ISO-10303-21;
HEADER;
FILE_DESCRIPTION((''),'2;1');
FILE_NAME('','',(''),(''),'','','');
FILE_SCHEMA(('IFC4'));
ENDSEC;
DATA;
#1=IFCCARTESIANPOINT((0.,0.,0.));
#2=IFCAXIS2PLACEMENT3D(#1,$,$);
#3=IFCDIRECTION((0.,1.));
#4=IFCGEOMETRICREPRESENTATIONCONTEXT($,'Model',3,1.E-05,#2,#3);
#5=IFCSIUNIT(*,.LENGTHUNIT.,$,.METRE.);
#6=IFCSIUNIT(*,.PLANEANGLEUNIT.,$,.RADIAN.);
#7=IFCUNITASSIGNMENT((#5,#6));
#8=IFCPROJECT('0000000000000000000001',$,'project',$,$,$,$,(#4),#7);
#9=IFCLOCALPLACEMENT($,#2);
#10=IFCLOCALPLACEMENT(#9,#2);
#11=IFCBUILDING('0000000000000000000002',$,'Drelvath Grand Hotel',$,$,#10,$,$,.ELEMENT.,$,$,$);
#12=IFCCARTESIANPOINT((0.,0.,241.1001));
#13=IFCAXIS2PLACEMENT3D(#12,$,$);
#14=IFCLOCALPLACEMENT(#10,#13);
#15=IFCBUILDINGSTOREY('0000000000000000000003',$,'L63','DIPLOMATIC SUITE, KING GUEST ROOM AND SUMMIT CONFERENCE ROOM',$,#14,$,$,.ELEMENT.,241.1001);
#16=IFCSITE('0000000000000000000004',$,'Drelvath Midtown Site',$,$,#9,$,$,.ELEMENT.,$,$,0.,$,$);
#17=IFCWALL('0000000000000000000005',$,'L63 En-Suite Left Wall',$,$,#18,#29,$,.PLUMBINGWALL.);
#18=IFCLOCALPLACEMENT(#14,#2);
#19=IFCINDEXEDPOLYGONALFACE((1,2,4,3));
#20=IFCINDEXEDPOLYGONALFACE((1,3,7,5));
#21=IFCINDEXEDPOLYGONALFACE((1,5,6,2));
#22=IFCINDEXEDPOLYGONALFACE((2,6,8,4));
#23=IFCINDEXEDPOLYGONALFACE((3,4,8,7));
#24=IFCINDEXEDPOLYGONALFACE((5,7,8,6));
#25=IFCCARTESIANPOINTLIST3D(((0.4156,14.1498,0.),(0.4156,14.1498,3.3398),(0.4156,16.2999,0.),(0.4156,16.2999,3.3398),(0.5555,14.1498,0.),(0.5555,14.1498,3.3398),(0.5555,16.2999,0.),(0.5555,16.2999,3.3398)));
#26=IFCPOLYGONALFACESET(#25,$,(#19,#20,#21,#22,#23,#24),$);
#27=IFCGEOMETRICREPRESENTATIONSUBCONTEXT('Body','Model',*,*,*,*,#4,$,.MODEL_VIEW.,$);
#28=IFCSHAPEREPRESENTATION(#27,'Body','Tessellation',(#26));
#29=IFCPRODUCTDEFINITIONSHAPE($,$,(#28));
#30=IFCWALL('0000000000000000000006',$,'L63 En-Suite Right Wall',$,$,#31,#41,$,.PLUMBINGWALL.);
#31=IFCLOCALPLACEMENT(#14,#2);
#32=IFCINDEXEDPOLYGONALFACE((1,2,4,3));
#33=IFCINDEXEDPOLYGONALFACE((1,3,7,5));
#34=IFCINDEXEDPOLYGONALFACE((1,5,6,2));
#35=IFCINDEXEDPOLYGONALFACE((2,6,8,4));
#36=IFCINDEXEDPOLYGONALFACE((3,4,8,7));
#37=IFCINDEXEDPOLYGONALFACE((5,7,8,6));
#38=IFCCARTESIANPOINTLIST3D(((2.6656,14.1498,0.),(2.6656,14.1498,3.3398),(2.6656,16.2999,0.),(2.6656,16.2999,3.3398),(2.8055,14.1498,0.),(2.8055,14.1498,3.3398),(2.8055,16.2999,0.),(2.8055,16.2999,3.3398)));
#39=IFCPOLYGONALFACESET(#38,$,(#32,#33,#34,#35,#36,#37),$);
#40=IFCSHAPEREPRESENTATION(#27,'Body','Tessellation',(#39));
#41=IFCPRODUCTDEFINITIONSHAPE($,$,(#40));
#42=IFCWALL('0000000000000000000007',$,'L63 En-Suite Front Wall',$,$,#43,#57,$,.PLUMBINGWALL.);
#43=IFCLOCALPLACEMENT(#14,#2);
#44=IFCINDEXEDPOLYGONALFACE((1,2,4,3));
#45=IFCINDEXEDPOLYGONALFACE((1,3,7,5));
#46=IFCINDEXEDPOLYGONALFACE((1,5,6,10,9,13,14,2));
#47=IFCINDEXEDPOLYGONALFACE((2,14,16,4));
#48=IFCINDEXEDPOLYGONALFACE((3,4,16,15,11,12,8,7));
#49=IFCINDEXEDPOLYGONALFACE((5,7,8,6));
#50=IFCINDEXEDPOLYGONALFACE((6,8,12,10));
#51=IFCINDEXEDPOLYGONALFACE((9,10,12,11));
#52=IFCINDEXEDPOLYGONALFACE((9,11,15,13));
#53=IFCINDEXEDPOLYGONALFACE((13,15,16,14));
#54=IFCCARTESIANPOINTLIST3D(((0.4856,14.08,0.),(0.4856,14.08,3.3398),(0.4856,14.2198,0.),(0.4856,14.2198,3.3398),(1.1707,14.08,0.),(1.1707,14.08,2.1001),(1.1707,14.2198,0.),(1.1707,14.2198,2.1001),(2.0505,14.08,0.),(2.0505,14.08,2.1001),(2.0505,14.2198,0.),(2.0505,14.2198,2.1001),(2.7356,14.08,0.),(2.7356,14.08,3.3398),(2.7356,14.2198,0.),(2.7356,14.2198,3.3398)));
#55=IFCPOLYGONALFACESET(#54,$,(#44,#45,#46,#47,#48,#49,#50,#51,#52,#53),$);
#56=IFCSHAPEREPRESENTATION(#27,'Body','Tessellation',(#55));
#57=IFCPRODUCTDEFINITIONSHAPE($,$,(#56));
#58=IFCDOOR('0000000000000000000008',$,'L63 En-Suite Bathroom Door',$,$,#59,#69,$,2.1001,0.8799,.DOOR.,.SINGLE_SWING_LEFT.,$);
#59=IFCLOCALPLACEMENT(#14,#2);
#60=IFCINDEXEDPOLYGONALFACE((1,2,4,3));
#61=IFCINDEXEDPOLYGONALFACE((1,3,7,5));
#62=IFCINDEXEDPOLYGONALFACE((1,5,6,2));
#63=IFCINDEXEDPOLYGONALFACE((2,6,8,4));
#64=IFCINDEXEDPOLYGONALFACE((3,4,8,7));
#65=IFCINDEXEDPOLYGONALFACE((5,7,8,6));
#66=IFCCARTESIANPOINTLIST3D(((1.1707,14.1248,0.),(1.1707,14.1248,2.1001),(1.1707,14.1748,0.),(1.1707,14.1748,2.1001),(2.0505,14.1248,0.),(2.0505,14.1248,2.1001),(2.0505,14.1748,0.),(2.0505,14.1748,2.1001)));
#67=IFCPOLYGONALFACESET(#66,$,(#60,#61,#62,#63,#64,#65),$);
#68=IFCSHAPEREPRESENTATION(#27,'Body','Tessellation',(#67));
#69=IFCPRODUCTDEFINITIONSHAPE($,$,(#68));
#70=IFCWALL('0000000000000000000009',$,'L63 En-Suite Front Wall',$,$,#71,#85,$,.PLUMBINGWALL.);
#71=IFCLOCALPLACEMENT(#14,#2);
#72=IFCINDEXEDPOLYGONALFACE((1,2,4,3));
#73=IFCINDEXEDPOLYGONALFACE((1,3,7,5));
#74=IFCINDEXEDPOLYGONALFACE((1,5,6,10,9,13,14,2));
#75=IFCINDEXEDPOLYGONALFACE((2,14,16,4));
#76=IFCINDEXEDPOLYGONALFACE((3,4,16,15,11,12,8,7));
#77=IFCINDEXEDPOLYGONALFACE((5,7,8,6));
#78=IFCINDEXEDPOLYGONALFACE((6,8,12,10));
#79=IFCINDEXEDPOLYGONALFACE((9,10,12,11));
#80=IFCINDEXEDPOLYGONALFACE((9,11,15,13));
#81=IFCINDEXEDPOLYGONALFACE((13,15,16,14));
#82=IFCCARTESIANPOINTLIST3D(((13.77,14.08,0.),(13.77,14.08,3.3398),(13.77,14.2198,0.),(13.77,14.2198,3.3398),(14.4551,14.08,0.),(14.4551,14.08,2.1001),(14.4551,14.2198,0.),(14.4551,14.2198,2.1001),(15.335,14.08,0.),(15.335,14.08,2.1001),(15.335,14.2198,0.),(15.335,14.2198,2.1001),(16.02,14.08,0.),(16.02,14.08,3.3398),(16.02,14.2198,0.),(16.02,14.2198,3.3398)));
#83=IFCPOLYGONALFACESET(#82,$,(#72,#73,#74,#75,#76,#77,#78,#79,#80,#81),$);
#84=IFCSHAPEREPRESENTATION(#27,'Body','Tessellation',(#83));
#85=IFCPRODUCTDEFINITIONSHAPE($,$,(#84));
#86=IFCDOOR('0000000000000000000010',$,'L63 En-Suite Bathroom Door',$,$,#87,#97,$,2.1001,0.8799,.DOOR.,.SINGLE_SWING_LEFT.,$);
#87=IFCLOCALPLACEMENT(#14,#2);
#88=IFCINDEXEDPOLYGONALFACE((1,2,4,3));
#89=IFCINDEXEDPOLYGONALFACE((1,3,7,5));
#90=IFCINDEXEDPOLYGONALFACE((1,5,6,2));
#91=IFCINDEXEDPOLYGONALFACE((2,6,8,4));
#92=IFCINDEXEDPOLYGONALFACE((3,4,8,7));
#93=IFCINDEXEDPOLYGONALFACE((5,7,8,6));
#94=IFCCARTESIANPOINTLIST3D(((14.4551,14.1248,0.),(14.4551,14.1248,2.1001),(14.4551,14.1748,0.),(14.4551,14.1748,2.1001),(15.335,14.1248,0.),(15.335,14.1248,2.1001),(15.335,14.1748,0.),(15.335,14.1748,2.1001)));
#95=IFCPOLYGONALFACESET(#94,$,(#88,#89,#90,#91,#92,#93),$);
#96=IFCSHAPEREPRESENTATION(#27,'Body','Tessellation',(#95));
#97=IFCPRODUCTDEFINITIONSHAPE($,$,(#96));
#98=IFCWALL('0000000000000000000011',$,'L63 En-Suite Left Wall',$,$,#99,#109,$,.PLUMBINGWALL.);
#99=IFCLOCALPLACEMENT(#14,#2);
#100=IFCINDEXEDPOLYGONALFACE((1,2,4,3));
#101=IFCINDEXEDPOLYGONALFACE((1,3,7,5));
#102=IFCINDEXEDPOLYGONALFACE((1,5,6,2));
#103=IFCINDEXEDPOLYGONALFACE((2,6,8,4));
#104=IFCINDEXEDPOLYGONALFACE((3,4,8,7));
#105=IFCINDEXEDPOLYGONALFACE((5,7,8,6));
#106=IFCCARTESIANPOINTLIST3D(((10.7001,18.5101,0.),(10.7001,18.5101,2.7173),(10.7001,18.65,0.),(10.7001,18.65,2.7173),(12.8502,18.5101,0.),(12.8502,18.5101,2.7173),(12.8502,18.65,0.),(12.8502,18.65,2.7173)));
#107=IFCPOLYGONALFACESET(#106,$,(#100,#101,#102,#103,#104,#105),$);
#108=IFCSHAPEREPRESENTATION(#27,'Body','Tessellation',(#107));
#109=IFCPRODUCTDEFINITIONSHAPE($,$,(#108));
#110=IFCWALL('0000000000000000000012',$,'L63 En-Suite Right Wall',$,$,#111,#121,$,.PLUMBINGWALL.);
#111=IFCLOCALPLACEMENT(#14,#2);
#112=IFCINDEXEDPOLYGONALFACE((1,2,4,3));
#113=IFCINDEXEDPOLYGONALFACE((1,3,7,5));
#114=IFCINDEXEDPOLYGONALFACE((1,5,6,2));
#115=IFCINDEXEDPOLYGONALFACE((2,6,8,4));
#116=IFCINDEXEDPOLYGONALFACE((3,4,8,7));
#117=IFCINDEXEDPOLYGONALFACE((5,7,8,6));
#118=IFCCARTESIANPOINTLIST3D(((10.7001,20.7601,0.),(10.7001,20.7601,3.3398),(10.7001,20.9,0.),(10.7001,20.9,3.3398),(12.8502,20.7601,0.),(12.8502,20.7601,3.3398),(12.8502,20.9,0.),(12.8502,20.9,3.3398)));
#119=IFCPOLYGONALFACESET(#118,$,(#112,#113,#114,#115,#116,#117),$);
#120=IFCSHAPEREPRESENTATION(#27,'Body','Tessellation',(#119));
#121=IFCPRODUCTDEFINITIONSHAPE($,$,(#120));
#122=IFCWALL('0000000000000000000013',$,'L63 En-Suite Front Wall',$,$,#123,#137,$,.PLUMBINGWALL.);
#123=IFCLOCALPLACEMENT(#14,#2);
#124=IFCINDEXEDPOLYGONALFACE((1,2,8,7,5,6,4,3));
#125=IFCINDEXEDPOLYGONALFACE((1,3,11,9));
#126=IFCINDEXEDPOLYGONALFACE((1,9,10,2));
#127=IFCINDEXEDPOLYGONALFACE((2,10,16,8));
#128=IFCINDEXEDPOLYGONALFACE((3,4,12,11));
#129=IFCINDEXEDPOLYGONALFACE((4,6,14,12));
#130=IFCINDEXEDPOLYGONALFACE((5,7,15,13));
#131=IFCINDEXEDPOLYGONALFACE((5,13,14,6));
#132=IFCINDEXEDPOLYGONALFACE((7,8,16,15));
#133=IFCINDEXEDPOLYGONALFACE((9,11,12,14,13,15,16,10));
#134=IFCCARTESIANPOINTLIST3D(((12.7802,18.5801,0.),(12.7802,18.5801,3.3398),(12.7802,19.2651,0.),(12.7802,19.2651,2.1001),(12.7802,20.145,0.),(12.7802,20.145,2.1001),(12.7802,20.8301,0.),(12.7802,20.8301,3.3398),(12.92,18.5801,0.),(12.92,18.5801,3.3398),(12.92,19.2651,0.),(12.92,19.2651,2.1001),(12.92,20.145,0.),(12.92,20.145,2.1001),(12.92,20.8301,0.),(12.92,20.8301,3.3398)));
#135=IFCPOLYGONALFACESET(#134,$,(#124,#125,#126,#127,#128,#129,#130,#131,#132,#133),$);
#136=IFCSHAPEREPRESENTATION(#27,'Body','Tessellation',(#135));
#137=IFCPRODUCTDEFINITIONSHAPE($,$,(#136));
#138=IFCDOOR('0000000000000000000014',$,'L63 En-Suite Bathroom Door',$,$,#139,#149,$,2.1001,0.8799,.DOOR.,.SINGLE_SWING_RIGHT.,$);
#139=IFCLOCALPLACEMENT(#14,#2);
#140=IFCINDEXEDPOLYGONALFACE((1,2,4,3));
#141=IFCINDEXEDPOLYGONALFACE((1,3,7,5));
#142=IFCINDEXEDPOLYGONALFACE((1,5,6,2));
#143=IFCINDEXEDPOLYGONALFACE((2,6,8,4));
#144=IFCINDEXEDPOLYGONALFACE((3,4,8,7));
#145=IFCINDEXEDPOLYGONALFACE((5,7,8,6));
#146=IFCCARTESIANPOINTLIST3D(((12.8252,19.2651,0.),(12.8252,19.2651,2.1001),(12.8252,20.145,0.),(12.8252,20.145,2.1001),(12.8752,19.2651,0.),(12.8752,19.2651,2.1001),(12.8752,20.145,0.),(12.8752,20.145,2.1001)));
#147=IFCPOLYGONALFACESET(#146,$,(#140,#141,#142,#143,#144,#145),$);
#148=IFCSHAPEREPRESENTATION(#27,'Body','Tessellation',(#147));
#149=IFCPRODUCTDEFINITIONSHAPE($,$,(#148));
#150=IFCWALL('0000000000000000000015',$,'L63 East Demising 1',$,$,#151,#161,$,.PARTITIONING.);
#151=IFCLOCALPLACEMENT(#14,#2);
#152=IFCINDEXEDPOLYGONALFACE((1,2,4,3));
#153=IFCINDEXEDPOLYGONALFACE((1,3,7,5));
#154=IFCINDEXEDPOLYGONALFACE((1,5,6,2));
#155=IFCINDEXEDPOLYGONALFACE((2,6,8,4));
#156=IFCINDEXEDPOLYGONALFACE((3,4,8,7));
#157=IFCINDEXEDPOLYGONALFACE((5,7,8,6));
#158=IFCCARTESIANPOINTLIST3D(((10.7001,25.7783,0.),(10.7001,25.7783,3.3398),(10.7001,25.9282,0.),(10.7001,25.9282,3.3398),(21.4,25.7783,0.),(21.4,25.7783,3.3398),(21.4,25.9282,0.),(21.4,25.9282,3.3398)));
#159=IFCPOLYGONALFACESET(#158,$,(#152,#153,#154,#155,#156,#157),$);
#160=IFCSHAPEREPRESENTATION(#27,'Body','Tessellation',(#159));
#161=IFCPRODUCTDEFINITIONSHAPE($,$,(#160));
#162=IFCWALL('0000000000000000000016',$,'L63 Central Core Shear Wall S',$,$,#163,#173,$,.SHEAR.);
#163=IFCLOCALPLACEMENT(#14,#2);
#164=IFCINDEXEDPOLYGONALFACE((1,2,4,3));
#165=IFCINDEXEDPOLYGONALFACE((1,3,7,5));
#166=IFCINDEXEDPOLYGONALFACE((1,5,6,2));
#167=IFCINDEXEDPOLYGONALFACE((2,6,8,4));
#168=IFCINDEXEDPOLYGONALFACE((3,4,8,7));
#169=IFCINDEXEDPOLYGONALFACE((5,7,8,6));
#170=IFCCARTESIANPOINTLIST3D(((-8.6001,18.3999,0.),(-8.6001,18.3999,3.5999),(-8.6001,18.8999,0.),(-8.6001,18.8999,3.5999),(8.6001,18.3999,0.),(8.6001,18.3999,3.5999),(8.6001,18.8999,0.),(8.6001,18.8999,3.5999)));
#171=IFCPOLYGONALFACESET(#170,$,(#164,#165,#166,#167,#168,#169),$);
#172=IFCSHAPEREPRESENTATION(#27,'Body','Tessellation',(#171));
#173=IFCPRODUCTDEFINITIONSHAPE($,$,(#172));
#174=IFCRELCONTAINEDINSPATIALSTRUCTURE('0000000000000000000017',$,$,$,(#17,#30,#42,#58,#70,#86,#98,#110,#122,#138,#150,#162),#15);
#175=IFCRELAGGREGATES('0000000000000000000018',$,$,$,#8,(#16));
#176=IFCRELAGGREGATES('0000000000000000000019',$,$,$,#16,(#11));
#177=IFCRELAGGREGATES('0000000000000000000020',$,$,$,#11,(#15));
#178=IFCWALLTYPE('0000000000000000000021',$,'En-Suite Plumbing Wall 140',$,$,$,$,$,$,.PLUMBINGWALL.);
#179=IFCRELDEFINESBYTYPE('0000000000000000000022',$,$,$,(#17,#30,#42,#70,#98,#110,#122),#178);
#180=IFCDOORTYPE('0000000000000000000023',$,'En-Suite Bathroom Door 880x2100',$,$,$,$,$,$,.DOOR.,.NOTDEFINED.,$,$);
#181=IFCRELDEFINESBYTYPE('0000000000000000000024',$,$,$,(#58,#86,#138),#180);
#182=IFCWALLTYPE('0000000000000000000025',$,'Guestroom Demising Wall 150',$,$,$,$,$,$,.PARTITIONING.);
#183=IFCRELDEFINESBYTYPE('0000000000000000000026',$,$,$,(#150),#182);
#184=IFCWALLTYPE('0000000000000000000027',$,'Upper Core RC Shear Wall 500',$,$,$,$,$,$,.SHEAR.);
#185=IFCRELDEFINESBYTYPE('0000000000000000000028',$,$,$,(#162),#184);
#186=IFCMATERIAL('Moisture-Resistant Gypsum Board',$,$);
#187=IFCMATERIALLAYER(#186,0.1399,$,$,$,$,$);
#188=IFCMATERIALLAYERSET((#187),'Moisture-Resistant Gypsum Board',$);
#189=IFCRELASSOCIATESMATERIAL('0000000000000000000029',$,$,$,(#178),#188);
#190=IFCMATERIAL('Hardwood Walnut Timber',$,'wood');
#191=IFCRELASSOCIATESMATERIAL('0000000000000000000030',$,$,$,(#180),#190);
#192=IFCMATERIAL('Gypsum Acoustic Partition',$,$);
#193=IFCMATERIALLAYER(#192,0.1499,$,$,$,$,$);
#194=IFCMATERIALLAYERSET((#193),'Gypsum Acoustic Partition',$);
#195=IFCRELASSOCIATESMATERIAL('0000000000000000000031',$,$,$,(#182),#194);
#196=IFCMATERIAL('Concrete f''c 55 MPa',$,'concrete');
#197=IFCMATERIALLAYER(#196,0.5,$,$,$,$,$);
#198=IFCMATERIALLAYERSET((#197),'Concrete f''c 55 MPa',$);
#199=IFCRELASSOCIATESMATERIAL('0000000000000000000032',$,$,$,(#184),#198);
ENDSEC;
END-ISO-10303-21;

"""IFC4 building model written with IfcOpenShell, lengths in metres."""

from ifc_helpers import new_model, si_unit, direction, frame, frame_2d, origin, place, context, subcontext, project, spatial, rectangle, extrude, material, layer, layer_set, type_object, element, fill, save


model = new_model("IFC4")

# Units and contexts
model_context = context("Model", 3, precision=1e-05, world=origin(), true_north=direction((0.0, 1.0)))
body_context = subcontext(model_context, "Body", "Model", "MODEL_VIEW")
ifc_project = project(units=[si_unit("LENGTHUNIT", "METRE"), si_unit("PLANEANGLEUNIT", "RADIAN")], contexts=[model_context])

# Site, building, storey
site_placement = place(None, origin())
site = spatial("IfcSite", under=ifc_project, at=site_placement, Name="Drelvath Midtown Site", CompositionType="ELEMENT", RefElevation=0.0)
building_placement = place(site_placement, origin())
building = spatial("IfcBuilding", under=site, at=building_placement, Name="Drelvath Grand Hotel", CompositionType="ELEMENT")
storey_placement = place(building_placement, frame((0.0, 0.0, 241.1001)))
storey = spatial("IfcBuildingStorey", under=building, at=storey_placement, Name="L63", Description="DIPLOMATIC SUITE, KING GUEST ROOM AND SUMMIT CONFERENCE ROOM", CompositionType="ELEMENT", Elevation=241.1001)

# Shared definitions
ifc_material_1 = material(Name="Concrete f'c 55 MPa", Category="concrete")

# Shared definitions
ifc_material_2 = material(Name="Hardwood Walnut Timber", Category="wood")

# Walls
ifc_material_3 = material(Name="Moisture-Resistant Gypsum Board")
ifc_layer_1 = layer(ifc_material_3, 0.1399)
ifc_layer_set_1 = layer_set([ifc_layer_1], Name="Moisture-Resistant Gypsum Board")
wall_type_1 = type_object("IfcWallType", Name="En-Suite Plumbing Wall 140", PredefinedType="PLUMBINGWALL", material=ifc_layer_set_1)
for number, where, z_axis, x_axis, name in (
    (1, (0.4856, 16.3, 0.0), (0.0, 0.0, 1.0), (0.0, -1.0, 0.0), "L63 En-Suite Left Wall"),
    (2, (2.7356, 16.3, 0.0), (0.0, 0.0, 1.0), (0.0, -1.0, 0.0), "L63 En-Suite Right Wall"),
):
    element("IfcWall", number, at=place(storey_placement, frame(where, z_axis=z_axis, x_axis=x_axis)), inside=storey, type_object=wall_type_1, Name=name, PredefinedType="PLUMBINGWALL", context=body_context, shape_type="SweptSolid", body=[
        extrude(rectangle(XDim=2.1501, YDim=0.1399, at=frame_2d((1.0752, 0.0))), origin(), (0.0, 0.0, 1.0), 3.3398),
    ])

# Walls, openings, doors
wall_1_placement = place(storey_placement, frame((0.4856, 14.1499, 0.0), z_axis=(0.0, 0.0, 1.0), x_axis=(1.0, 0.0, 0.0)))
wall_1 = element("IfcWall", 3, at=wall_1_placement, inside=storey, type_object=wall_type_1, Name="L63 En-Suite Front Wall", PredefinedType="PLUMBINGWALL", context=body_context, shape_type="SweptSolid", body=[
    extrude(rectangle(XDim=2.25, YDim=0.1399, at=frame_2d((1.125, 0.0))), origin(), (0.0, 0.0, 1.0), 3.3398),
])
opening_1_placement = place(wall_1_placement, frame((0.6851, 0.0, 0.0)))
opening_1 = element("IfcOpeningElement", 4, at=opening_1_placement, cuts=wall_1, PredefinedType="OPENING", context=body_context, shape_type="SweptSolid", body=[
    extrude(rectangle(XDim=0.8799, YDim=2.1001, at=frame_2d((0.4399, 1.05))), frame((0.0, 0.0798, 0.0), z_axis=(0.0, -1.0, 0.0), x_axis=(1.0, 0.0, 0.0)), (0.0, 0.0, 1.0), 0.1599),
])
door_type_1 = type_object("IfcDoorType", Name="En-Suite Bathroom Door 880x2100", OperationType="NOTDEFINED", PredefinedType="DOOR", material=ifc_material_2)
door_1_placement = place(opening_1_placement, origin())
door_1 = element("IfcDoor", 5, at=door_1_placement, inside=storey, type_object=door_type_1, Name="L63 En-Suite Bathroom Door", OperationType="SINGLE_SWING_LEFT", OverallHeight=2.1001, OverallWidth=0.8799, PredefinedType="DOOR", context=body_context, shape_type="SweptSolid", body=[
    extrude(rectangle(XDim=0.8799, YDim=2.1001, at=frame_2d((0.4399, 1.05))), frame((0.0, 0.0249, 0.0), z_axis=(0.0, -1.0, 0.0), x_axis=(1.0, 0.0, 0.0)), (0.0, 0.0, 1.0), 0.05),
])
fill(opening_1, door_1)
wall_2_placement = place(storey_placement, frame((13.77, 14.1499, 0.0), z_axis=(0.0, 0.0, 1.0), x_axis=(1.0, 0.0, 0.0)))
wall_2 = element("IfcWall", 6, at=wall_2_placement, inside=storey, type_object=wall_type_1, Name="L63 En-Suite Front Wall", PredefinedType="PLUMBINGWALL", context=body_context, shape_type="SweptSolid", body=[
    extrude(rectangle(XDim=2.25, YDim=0.1399, at=frame_2d((1.125, 0.0))), origin(), (0.0, 0.0, 1.0), 3.3398),
])
opening_2_placement = place(wall_2_placement, frame((0.6851, 0.0, 0.0)))
opening_2 = element("IfcOpeningElement", 7, at=opening_2_placement, cuts=wall_2, PredefinedType="OPENING", context=body_context, shape_type="SweptSolid", body=[
    extrude(rectangle(XDim=0.8799, YDim=2.1001, at=frame_2d((0.4399, 1.05))), frame((0.0, 0.0798, 0.0), z_axis=(0.0, -1.0, 0.0), x_axis=(1.0, 0.0, 0.0)), (0.0, 0.0, 1.0), 0.1599),
])
door_2_placement = place(opening_2_placement, origin())
door_2 = element("IfcDoor", 8, at=door_2_placement, inside=storey, type_object=door_type_1, Name="L63 En-Suite Bathroom Door", OperationType="SINGLE_SWING_LEFT", OverallHeight=2.1001, OverallWidth=0.8799, PredefinedType="DOOR", context=body_context, shape_type="SweptSolid", body=[
    extrude(rectangle(XDim=0.8799, YDim=2.1001, at=frame_2d((0.4399, 1.05))), frame((0.0, 0.0249, 0.0), z_axis=(0.0, -1.0, 0.0), x_axis=(1.0, 0.0, 0.0)), (0.0, 0.0, 1.0), 0.05),
])
fill(opening_2, door_2)

# Walls
wall_3_placement = place(storey_placement, frame((10.7, 18.5801, 0.0), z_axis=(0.0, 0.0, 1.0), x_axis=(1.0, 0.0, 0.0)))
element("IfcWall", 9, at=wall_3_placement, inside=storey, type_object=wall_type_1, Name="L63 En-Suite Left Wall", PredefinedType="PLUMBINGWALL", context=body_context, shape_type="SweptSolid", body=[
    extrude(rectangle(XDim=2.1501, YDim=0.1399, at=frame_2d((1.0752, 0.0))), origin(), (0.0, 0.0, 1.0), 2.7173),
])
wall_4_placement = place(storey_placement, frame((10.7, 20.8301, 0.0), z_axis=(0.0, 0.0, 1.0), x_axis=(1.0, 0.0, 0.0)))
element("IfcWall", 10, at=wall_4_placement, inside=storey, type_object=wall_type_1, Name="L63 En-Suite Right Wall", PredefinedType="PLUMBINGWALL", context=body_context, shape_type="SweptSolid", body=[
    extrude(rectangle(XDim=2.1501, YDim=0.1399, at=frame_2d((1.0752, 0.0))), origin(), (0.0, 0.0, 1.0), 3.3398),
])

# Wall, opening, door
wall_5_placement = place(storey_placement, frame((12.8501, 18.5801, 0.0), z_axis=(0.0, 0.0, 1.0), x_axis=(0.0, 1.0, 0.0)))
wall_5 = element("IfcWall", 11, at=wall_5_placement, inside=storey, type_object=wall_type_1, Name="L63 En-Suite Front Wall", PredefinedType="PLUMBINGWALL", context=body_context, shape_type="SweptSolid", body=[
    extrude(rectangle(XDim=2.25, YDim=0.1399, at=frame_2d((1.125, 0.0))), origin(), (0.0, 0.0, 1.0), 3.3398),
])
opening_3_placement = place(wall_5_placement, frame((0.6851, 0.0, 0.0)))
opening_3 = element("IfcOpeningElement", 12, at=opening_3_placement, cuts=wall_5, PredefinedType="OPENING", context=body_context, shape_type="SweptSolid", body=[
    extrude(rectangle(XDim=0.8799, YDim=2.1001, at=frame_2d((0.4399, 1.05))), frame((0.0, 0.0798, 0.0), z_axis=(0.0, -1.0, 0.0), x_axis=(1.0, 0.0, 0.0)), (0.0, 0.0, 1.0), 0.1599),
])
door_3_placement = place(opening_3_placement, origin())
door_3 = element("IfcDoor", 13, at=door_3_placement, inside=storey, type_object=door_type_1, Name="L63 En-Suite Bathroom Door", OperationType="SINGLE_SWING_RIGHT", OverallHeight=2.1001, OverallWidth=0.8799, PredefinedType="DOOR", context=body_context, shape_type="SweptSolid", body=[
    extrude(rectangle(XDim=0.8799, YDim=2.1001, at=frame_2d((0.4399, 1.05))), frame((0.0, 0.0249, 0.0), z_axis=(0.0, -1.0, 0.0), x_axis=(1.0, 0.0, 0.0)), (0.0, 0.0, 1.0), 0.05),
])
fill(opening_3, door_3)

# Walls
ifc_material_4 = material(Name="Gypsum Acoustic Partition")
ifc_layer_2 = layer(ifc_material_4, 0.1499)
ifc_layer_set_2 = layer_set([ifc_layer_2], Name="Gypsum Acoustic Partition")
wall_type_2 = type_object("IfcWallType", Name="Guestroom Demising Wall 150", PredefinedType="PARTITIONING", material=ifc_layer_set_2)
wall_6_placement = place(storey_placement, frame((10.7, 25.8533, 0.0), z_axis=(0.0, 0.0, 1.0), x_axis=(1.0, 0.0, 0.0)))
element("IfcWall", 14, at=wall_6_placement, inside=storey, type_object=wall_type_2, Name="L63 East Demising 1", PredefinedType="PARTITIONING", context=body_context, shape_type="SweptSolid", body=[
    extrude(rectangle(XDim=10.7, YDim=0.1499, at=frame_2d((5.3501, 0.0))), origin(), (0.0, 0.0, 1.0), 3.3398),
])
ifc_layer_3 = layer(ifc_material_1, 0.5)
ifc_layer_set_3 = layer_set([ifc_layer_3], Name="Concrete f'c 55 MPa")
wall_type_3 = type_object("IfcWallType", Name="Upper Core RC Shear Wall 500", PredefinedType="SHEAR", material=ifc_layer_set_3)
wall_7_placement = place(storey_placement, frame((8.6001, 18.6499, 0.0), z_axis=(0.0, 0.0, 1.0), x_axis=(-1.0, 0.0, 0.0)))
element("IfcWall", 15, at=wall_7_placement, inside=storey, type_object=wall_type_3, Name="L63 Central Core Shear Wall S", PredefinedType="SHEAR", context=body_context, shape_type="SweptSolid", body=[
    extrude(rectangle(XDim=17.2002, YDim=0.5, at=frame_2d((8.6001, 0.0))), origin(), (0.0, 0.0, 1.0), 3.5999),
])

save(model, "model.ifc")
